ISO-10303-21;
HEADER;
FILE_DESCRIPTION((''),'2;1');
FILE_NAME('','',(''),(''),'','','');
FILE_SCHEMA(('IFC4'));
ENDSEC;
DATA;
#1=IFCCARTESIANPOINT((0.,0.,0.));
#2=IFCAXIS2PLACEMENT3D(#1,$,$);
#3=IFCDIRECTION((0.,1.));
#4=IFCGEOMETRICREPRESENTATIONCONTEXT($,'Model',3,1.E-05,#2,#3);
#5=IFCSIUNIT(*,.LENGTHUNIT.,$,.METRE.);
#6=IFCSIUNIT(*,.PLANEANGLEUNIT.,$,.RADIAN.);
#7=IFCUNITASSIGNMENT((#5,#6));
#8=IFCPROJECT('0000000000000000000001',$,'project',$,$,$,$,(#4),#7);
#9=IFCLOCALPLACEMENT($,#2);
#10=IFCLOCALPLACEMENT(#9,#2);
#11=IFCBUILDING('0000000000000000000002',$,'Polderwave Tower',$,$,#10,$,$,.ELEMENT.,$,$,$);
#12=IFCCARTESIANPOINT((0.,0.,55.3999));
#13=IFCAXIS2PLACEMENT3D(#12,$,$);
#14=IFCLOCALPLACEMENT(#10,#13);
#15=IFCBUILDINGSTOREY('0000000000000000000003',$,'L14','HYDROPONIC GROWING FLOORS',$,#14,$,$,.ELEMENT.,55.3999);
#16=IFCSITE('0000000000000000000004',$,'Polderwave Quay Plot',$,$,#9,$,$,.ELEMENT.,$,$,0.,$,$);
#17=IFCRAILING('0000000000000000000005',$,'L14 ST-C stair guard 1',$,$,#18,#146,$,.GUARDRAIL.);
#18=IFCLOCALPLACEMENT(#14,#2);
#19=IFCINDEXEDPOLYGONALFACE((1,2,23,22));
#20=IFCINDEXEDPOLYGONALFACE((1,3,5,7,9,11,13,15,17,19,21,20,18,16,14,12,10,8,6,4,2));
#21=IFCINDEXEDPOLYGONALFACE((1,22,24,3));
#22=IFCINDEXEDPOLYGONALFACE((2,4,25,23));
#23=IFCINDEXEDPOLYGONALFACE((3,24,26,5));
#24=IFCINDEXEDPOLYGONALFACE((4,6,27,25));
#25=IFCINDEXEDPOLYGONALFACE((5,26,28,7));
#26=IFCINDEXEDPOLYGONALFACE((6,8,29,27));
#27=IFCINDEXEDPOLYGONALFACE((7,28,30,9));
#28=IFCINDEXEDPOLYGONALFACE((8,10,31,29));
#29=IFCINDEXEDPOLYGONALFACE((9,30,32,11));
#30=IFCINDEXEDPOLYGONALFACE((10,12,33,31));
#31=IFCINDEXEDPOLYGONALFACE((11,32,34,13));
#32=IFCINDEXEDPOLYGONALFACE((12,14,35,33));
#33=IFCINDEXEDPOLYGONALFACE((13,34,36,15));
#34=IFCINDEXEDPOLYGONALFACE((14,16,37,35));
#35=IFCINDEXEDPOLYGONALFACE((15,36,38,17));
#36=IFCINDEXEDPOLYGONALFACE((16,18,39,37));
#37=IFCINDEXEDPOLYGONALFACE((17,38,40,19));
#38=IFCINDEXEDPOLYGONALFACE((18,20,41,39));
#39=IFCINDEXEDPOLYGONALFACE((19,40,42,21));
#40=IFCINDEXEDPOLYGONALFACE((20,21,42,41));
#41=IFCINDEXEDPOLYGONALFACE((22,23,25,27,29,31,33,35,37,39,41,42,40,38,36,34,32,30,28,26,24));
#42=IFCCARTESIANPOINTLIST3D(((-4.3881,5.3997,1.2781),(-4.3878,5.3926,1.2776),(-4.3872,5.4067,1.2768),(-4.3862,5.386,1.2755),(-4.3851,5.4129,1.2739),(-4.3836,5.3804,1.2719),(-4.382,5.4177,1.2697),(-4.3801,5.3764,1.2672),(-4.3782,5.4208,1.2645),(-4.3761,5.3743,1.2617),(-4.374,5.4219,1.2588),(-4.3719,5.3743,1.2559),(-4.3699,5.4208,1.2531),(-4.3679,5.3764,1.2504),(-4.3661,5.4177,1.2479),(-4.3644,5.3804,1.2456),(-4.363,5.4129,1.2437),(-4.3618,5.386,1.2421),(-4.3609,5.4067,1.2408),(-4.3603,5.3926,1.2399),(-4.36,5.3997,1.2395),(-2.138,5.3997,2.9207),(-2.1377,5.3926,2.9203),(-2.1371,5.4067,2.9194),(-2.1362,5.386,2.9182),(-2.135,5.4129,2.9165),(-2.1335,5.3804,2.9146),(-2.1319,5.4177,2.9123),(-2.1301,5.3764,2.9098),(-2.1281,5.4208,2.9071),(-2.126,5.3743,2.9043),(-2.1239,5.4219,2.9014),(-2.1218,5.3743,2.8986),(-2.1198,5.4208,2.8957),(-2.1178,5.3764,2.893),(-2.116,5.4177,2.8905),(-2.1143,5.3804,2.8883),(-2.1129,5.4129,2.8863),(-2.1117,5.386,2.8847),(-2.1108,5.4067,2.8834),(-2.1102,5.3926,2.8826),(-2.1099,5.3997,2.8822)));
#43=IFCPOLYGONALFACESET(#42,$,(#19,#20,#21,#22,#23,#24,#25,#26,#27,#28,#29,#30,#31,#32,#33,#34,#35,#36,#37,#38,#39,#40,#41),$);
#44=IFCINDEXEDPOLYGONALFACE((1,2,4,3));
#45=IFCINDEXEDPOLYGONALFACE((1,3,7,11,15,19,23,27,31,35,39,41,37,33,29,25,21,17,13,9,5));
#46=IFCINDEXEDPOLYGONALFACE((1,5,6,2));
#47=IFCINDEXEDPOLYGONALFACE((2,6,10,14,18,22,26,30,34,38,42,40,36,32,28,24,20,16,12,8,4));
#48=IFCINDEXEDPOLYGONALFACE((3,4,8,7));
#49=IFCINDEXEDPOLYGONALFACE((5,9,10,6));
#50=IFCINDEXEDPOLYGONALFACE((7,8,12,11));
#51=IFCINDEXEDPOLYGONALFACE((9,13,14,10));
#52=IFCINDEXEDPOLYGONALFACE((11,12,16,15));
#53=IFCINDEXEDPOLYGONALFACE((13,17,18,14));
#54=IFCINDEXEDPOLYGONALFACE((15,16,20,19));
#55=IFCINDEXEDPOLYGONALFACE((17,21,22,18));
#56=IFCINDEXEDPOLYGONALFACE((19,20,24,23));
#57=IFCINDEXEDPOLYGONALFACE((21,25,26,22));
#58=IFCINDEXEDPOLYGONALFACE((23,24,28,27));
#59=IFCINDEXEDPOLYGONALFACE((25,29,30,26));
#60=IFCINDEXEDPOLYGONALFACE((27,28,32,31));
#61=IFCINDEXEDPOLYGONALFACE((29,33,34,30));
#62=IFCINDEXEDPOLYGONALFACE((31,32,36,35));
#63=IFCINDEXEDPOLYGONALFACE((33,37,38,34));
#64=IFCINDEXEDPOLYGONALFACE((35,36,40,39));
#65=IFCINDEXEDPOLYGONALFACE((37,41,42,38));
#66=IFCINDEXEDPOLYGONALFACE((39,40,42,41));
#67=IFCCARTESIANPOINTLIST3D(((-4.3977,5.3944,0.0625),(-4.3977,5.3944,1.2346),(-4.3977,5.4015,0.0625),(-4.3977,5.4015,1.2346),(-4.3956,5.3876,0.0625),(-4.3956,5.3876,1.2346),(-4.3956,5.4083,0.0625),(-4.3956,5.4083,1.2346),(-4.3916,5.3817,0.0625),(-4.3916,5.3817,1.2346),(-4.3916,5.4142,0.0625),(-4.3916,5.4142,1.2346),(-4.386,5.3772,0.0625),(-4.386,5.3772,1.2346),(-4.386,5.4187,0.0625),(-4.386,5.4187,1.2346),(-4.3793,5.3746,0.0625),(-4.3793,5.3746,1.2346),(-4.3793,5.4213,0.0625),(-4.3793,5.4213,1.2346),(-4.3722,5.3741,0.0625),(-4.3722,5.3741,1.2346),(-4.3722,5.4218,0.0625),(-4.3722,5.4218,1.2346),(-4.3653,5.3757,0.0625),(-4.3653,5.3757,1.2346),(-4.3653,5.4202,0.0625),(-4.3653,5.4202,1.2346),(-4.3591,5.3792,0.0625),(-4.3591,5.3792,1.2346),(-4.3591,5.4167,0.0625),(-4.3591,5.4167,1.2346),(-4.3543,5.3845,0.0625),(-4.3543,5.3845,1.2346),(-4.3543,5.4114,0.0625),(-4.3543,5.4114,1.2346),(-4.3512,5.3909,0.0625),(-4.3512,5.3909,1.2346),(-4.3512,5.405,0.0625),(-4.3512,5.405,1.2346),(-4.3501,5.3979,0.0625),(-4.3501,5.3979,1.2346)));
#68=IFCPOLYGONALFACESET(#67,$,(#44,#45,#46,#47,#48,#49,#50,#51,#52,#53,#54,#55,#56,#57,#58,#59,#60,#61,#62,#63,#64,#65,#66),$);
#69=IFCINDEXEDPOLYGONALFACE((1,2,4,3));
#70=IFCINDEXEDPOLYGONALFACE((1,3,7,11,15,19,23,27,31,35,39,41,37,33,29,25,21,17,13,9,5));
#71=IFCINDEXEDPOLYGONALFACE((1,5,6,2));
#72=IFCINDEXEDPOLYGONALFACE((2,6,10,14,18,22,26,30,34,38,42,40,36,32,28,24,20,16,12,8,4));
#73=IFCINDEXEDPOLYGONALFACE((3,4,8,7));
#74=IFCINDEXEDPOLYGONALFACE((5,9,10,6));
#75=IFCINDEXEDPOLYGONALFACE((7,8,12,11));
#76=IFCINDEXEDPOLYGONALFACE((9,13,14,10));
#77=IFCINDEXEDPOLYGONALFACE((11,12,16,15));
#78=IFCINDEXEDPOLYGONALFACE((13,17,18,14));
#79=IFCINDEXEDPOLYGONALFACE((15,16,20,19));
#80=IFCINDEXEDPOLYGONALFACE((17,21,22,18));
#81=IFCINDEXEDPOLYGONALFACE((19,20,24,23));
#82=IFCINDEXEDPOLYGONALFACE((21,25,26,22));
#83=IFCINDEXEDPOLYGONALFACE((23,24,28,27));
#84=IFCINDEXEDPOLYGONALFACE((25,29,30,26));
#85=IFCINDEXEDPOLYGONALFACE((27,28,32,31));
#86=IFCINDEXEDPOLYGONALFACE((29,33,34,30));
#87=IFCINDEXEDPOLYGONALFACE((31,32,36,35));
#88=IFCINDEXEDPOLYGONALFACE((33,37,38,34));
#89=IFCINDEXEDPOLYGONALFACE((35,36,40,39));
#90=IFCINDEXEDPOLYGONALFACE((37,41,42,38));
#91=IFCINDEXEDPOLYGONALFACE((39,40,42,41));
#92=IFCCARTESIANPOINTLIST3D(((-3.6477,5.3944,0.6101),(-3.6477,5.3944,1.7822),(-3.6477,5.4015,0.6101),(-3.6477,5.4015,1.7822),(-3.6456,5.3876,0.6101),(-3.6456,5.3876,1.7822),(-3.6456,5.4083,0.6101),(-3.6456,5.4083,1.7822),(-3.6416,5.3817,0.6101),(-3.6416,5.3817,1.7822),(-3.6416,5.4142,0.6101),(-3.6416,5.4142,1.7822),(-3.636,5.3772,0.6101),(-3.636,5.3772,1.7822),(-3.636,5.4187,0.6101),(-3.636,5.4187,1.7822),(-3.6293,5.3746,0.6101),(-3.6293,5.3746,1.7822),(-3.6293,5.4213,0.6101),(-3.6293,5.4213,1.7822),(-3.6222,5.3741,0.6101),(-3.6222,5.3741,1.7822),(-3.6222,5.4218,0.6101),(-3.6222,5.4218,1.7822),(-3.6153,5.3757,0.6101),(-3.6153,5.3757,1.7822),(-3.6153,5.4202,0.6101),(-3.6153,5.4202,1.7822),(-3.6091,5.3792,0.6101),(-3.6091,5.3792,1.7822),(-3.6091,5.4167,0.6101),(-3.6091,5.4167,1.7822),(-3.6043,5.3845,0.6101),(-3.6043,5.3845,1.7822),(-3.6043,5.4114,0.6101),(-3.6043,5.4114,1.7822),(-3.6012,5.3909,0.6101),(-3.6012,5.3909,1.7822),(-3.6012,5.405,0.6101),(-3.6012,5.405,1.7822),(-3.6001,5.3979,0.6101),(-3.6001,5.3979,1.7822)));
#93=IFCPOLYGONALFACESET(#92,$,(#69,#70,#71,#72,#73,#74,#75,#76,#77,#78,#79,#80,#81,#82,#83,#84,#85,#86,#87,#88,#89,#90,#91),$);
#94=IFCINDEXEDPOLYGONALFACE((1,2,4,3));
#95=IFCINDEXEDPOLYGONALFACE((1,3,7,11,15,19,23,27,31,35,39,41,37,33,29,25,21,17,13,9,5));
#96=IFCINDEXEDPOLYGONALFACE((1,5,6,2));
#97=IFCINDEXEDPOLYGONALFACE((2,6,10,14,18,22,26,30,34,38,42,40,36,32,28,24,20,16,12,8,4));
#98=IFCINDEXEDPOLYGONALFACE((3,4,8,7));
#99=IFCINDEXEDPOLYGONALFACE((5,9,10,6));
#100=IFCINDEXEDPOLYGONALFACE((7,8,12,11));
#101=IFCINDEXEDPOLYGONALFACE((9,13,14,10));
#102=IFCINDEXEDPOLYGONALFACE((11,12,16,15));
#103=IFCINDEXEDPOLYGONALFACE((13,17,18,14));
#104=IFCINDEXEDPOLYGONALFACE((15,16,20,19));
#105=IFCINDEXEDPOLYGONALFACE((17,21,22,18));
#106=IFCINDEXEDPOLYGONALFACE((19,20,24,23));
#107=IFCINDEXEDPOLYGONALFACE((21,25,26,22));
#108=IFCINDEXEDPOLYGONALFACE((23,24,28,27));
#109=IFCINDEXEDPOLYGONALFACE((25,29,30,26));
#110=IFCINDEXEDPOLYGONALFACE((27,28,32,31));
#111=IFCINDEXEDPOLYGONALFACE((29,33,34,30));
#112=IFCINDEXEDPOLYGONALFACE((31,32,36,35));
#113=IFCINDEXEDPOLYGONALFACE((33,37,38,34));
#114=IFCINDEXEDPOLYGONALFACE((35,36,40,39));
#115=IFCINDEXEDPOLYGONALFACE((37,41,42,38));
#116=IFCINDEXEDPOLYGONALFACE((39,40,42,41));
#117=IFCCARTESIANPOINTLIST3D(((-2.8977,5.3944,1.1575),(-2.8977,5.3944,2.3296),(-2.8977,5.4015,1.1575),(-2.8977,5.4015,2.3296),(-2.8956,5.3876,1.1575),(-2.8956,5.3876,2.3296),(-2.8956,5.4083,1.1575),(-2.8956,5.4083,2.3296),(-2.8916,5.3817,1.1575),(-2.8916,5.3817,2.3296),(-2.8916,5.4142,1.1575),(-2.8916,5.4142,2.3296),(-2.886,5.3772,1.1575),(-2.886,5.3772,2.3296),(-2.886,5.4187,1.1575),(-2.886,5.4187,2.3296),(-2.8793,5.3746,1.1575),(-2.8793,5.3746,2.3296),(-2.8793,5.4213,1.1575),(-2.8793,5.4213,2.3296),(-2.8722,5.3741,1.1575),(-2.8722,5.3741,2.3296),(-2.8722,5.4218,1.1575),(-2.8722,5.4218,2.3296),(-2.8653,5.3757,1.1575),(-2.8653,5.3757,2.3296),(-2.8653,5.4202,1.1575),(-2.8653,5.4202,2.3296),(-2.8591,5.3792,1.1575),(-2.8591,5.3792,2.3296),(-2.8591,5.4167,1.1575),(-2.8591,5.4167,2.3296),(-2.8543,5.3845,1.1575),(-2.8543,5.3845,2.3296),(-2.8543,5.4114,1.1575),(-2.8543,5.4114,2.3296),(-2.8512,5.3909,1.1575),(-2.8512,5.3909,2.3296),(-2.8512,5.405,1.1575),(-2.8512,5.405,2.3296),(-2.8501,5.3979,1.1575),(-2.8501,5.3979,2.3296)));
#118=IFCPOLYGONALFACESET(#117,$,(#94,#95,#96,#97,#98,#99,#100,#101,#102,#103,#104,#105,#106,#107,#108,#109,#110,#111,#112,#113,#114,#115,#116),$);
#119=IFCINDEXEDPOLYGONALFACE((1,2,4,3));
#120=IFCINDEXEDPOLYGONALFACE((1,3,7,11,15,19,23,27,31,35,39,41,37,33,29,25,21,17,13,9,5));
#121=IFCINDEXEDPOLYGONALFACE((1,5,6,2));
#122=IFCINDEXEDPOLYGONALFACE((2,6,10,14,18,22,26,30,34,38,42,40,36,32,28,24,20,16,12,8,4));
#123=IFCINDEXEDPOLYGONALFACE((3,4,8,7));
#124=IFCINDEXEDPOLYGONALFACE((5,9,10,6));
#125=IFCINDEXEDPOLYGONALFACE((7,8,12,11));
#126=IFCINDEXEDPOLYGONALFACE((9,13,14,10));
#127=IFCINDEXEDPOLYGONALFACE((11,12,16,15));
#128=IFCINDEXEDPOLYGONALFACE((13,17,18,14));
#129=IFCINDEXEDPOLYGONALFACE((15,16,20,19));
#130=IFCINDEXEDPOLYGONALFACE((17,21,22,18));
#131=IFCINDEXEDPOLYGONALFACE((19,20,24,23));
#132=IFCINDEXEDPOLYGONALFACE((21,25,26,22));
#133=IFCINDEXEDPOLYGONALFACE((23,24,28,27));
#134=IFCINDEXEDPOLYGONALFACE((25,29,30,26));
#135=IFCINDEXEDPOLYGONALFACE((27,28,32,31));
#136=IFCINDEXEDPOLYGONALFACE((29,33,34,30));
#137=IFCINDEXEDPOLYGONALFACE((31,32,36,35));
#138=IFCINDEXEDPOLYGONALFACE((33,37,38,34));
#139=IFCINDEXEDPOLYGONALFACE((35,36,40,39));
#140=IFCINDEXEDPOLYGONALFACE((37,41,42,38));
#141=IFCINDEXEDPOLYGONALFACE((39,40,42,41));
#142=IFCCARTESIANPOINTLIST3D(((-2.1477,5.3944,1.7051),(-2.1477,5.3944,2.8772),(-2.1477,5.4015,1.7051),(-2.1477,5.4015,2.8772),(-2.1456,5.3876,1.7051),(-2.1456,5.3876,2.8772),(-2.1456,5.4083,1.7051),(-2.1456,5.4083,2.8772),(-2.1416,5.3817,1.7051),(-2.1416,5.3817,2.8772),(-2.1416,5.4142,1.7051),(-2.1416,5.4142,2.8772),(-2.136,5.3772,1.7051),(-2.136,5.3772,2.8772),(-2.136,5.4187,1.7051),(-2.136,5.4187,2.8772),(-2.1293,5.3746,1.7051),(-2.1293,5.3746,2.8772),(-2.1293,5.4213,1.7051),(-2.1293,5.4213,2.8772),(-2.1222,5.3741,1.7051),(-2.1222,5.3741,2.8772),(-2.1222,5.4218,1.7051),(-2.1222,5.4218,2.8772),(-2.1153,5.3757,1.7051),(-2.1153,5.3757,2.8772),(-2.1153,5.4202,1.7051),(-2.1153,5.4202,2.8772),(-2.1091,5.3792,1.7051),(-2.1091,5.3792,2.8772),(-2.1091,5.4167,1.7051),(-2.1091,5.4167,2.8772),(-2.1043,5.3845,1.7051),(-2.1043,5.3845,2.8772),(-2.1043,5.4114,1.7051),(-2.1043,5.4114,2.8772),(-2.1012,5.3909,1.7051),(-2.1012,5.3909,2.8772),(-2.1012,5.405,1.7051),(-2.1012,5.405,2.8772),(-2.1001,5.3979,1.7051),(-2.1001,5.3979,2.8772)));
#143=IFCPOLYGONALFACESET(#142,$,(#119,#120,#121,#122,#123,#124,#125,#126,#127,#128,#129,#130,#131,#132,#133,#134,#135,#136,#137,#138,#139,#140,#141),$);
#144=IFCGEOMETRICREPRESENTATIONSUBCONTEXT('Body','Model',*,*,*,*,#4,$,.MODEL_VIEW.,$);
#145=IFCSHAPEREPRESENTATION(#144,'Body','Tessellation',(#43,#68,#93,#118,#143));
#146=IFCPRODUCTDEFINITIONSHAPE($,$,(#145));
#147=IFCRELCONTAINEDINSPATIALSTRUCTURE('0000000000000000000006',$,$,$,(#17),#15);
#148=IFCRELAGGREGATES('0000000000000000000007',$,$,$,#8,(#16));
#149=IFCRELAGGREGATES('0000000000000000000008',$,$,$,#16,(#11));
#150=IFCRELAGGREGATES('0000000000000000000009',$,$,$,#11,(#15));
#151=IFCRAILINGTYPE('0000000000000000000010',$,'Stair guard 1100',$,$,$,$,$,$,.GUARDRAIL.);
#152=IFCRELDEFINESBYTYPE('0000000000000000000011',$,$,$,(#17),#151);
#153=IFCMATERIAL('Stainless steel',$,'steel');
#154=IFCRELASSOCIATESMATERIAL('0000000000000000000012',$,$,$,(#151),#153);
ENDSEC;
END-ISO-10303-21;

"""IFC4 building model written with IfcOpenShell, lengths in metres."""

from ifc_helpers import new_model, si_unit, direction, frame, origin, origin_2d, place, context, subcontext, project, spatial, circle, extrude, material, type_object, element, save


model = new_model("IFC4")

# Units and contexts
model_context = context("Model", 3, precision=1e-05, world=origin(), true_north=direction((0.0, 1.0)))
body_context = subcontext(model_context, "Body", "Model", "MODEL_VIEW")
ifc_project = project(units=[si_unit("LENGTHUNIT", "METRE"), si_unit("PLANEANGLEUNIT", "RADIAN")], contexts=[model_context])

# Site, building, storey
site_placement = place(None, origin())
site = spatial("IfcSite", under=ifc_project, at=site_placement, Name="Polderwave Quay Plot", CompositionType="ELEMENT", RefElevation=0.0)
building_placement = place(site_placement, origin())
building = spatial("IfcBuilding", under=site, at=building_placement, Name="Polderwave Tower", CompositionType="ELEMENT")
storey_placement = place(building_placement, frame((0.0, 0.0, 55.3999)))
storey = spatial("IfcBuildingStorey", under=building, at=storey_placement, Name="L14", Description="HYDROPONIC GROWING FLOORS", CompositionType="ELEMENT", Elevation=55.3999)

# Railing
ifc_material_1 = material(Name="Stainless steel", Category="steel")
railing_type_1 = type_object("IfcRailingType", Name="Stair guard 1100", PredefinedType="GUARDRAIL", material=ifc_material_1)
railing_1_placement = place(storey_placement, frame((-4.374, 5.3979, 0.0625)))
element("IfcRailing", 1, at=railing_1_placement, inside=storey, type_object=railing_type_1, Name="L14 ST-C stair guard 1", PredefinedType="GUARDRAIL", context=body_context, shape_type="SweptSolid", body=[
    extrude(circle(Radius=0.0239, at=origin_2d()), frame((0.0, 0.0, 1.1963), z_axis=(0.807674, 0.0, 0.58963), x_axis=(0.0, 1.0, 0.0)), (0.0, 0.0, 1.0), 2.7859),
    extrude(circle(Radius=0.0239, at=origin_2d()), origin(), (0.0, 0.0, 1.0), 1.1721),
    extrude(circle(Radius=0.0239, at=origin_2d()), frame((0.75, 0.0, 0.5476)), (0.0, 0.0, 1.0), 1.1721),
    extrude(circle(Radius=0.0239, at=origin_2d()), frame((1.5, 0.0, 1.095)), (0.0, 0.0, 1.0), 1.1721),
    extrude(circle(Radius=0.0239, at=origin_2d()), frame((2.25, 0.0, 1.6426)), (0.0, 0.0, 1.0), 1.1721),
])

save(model, "model.ifc")
